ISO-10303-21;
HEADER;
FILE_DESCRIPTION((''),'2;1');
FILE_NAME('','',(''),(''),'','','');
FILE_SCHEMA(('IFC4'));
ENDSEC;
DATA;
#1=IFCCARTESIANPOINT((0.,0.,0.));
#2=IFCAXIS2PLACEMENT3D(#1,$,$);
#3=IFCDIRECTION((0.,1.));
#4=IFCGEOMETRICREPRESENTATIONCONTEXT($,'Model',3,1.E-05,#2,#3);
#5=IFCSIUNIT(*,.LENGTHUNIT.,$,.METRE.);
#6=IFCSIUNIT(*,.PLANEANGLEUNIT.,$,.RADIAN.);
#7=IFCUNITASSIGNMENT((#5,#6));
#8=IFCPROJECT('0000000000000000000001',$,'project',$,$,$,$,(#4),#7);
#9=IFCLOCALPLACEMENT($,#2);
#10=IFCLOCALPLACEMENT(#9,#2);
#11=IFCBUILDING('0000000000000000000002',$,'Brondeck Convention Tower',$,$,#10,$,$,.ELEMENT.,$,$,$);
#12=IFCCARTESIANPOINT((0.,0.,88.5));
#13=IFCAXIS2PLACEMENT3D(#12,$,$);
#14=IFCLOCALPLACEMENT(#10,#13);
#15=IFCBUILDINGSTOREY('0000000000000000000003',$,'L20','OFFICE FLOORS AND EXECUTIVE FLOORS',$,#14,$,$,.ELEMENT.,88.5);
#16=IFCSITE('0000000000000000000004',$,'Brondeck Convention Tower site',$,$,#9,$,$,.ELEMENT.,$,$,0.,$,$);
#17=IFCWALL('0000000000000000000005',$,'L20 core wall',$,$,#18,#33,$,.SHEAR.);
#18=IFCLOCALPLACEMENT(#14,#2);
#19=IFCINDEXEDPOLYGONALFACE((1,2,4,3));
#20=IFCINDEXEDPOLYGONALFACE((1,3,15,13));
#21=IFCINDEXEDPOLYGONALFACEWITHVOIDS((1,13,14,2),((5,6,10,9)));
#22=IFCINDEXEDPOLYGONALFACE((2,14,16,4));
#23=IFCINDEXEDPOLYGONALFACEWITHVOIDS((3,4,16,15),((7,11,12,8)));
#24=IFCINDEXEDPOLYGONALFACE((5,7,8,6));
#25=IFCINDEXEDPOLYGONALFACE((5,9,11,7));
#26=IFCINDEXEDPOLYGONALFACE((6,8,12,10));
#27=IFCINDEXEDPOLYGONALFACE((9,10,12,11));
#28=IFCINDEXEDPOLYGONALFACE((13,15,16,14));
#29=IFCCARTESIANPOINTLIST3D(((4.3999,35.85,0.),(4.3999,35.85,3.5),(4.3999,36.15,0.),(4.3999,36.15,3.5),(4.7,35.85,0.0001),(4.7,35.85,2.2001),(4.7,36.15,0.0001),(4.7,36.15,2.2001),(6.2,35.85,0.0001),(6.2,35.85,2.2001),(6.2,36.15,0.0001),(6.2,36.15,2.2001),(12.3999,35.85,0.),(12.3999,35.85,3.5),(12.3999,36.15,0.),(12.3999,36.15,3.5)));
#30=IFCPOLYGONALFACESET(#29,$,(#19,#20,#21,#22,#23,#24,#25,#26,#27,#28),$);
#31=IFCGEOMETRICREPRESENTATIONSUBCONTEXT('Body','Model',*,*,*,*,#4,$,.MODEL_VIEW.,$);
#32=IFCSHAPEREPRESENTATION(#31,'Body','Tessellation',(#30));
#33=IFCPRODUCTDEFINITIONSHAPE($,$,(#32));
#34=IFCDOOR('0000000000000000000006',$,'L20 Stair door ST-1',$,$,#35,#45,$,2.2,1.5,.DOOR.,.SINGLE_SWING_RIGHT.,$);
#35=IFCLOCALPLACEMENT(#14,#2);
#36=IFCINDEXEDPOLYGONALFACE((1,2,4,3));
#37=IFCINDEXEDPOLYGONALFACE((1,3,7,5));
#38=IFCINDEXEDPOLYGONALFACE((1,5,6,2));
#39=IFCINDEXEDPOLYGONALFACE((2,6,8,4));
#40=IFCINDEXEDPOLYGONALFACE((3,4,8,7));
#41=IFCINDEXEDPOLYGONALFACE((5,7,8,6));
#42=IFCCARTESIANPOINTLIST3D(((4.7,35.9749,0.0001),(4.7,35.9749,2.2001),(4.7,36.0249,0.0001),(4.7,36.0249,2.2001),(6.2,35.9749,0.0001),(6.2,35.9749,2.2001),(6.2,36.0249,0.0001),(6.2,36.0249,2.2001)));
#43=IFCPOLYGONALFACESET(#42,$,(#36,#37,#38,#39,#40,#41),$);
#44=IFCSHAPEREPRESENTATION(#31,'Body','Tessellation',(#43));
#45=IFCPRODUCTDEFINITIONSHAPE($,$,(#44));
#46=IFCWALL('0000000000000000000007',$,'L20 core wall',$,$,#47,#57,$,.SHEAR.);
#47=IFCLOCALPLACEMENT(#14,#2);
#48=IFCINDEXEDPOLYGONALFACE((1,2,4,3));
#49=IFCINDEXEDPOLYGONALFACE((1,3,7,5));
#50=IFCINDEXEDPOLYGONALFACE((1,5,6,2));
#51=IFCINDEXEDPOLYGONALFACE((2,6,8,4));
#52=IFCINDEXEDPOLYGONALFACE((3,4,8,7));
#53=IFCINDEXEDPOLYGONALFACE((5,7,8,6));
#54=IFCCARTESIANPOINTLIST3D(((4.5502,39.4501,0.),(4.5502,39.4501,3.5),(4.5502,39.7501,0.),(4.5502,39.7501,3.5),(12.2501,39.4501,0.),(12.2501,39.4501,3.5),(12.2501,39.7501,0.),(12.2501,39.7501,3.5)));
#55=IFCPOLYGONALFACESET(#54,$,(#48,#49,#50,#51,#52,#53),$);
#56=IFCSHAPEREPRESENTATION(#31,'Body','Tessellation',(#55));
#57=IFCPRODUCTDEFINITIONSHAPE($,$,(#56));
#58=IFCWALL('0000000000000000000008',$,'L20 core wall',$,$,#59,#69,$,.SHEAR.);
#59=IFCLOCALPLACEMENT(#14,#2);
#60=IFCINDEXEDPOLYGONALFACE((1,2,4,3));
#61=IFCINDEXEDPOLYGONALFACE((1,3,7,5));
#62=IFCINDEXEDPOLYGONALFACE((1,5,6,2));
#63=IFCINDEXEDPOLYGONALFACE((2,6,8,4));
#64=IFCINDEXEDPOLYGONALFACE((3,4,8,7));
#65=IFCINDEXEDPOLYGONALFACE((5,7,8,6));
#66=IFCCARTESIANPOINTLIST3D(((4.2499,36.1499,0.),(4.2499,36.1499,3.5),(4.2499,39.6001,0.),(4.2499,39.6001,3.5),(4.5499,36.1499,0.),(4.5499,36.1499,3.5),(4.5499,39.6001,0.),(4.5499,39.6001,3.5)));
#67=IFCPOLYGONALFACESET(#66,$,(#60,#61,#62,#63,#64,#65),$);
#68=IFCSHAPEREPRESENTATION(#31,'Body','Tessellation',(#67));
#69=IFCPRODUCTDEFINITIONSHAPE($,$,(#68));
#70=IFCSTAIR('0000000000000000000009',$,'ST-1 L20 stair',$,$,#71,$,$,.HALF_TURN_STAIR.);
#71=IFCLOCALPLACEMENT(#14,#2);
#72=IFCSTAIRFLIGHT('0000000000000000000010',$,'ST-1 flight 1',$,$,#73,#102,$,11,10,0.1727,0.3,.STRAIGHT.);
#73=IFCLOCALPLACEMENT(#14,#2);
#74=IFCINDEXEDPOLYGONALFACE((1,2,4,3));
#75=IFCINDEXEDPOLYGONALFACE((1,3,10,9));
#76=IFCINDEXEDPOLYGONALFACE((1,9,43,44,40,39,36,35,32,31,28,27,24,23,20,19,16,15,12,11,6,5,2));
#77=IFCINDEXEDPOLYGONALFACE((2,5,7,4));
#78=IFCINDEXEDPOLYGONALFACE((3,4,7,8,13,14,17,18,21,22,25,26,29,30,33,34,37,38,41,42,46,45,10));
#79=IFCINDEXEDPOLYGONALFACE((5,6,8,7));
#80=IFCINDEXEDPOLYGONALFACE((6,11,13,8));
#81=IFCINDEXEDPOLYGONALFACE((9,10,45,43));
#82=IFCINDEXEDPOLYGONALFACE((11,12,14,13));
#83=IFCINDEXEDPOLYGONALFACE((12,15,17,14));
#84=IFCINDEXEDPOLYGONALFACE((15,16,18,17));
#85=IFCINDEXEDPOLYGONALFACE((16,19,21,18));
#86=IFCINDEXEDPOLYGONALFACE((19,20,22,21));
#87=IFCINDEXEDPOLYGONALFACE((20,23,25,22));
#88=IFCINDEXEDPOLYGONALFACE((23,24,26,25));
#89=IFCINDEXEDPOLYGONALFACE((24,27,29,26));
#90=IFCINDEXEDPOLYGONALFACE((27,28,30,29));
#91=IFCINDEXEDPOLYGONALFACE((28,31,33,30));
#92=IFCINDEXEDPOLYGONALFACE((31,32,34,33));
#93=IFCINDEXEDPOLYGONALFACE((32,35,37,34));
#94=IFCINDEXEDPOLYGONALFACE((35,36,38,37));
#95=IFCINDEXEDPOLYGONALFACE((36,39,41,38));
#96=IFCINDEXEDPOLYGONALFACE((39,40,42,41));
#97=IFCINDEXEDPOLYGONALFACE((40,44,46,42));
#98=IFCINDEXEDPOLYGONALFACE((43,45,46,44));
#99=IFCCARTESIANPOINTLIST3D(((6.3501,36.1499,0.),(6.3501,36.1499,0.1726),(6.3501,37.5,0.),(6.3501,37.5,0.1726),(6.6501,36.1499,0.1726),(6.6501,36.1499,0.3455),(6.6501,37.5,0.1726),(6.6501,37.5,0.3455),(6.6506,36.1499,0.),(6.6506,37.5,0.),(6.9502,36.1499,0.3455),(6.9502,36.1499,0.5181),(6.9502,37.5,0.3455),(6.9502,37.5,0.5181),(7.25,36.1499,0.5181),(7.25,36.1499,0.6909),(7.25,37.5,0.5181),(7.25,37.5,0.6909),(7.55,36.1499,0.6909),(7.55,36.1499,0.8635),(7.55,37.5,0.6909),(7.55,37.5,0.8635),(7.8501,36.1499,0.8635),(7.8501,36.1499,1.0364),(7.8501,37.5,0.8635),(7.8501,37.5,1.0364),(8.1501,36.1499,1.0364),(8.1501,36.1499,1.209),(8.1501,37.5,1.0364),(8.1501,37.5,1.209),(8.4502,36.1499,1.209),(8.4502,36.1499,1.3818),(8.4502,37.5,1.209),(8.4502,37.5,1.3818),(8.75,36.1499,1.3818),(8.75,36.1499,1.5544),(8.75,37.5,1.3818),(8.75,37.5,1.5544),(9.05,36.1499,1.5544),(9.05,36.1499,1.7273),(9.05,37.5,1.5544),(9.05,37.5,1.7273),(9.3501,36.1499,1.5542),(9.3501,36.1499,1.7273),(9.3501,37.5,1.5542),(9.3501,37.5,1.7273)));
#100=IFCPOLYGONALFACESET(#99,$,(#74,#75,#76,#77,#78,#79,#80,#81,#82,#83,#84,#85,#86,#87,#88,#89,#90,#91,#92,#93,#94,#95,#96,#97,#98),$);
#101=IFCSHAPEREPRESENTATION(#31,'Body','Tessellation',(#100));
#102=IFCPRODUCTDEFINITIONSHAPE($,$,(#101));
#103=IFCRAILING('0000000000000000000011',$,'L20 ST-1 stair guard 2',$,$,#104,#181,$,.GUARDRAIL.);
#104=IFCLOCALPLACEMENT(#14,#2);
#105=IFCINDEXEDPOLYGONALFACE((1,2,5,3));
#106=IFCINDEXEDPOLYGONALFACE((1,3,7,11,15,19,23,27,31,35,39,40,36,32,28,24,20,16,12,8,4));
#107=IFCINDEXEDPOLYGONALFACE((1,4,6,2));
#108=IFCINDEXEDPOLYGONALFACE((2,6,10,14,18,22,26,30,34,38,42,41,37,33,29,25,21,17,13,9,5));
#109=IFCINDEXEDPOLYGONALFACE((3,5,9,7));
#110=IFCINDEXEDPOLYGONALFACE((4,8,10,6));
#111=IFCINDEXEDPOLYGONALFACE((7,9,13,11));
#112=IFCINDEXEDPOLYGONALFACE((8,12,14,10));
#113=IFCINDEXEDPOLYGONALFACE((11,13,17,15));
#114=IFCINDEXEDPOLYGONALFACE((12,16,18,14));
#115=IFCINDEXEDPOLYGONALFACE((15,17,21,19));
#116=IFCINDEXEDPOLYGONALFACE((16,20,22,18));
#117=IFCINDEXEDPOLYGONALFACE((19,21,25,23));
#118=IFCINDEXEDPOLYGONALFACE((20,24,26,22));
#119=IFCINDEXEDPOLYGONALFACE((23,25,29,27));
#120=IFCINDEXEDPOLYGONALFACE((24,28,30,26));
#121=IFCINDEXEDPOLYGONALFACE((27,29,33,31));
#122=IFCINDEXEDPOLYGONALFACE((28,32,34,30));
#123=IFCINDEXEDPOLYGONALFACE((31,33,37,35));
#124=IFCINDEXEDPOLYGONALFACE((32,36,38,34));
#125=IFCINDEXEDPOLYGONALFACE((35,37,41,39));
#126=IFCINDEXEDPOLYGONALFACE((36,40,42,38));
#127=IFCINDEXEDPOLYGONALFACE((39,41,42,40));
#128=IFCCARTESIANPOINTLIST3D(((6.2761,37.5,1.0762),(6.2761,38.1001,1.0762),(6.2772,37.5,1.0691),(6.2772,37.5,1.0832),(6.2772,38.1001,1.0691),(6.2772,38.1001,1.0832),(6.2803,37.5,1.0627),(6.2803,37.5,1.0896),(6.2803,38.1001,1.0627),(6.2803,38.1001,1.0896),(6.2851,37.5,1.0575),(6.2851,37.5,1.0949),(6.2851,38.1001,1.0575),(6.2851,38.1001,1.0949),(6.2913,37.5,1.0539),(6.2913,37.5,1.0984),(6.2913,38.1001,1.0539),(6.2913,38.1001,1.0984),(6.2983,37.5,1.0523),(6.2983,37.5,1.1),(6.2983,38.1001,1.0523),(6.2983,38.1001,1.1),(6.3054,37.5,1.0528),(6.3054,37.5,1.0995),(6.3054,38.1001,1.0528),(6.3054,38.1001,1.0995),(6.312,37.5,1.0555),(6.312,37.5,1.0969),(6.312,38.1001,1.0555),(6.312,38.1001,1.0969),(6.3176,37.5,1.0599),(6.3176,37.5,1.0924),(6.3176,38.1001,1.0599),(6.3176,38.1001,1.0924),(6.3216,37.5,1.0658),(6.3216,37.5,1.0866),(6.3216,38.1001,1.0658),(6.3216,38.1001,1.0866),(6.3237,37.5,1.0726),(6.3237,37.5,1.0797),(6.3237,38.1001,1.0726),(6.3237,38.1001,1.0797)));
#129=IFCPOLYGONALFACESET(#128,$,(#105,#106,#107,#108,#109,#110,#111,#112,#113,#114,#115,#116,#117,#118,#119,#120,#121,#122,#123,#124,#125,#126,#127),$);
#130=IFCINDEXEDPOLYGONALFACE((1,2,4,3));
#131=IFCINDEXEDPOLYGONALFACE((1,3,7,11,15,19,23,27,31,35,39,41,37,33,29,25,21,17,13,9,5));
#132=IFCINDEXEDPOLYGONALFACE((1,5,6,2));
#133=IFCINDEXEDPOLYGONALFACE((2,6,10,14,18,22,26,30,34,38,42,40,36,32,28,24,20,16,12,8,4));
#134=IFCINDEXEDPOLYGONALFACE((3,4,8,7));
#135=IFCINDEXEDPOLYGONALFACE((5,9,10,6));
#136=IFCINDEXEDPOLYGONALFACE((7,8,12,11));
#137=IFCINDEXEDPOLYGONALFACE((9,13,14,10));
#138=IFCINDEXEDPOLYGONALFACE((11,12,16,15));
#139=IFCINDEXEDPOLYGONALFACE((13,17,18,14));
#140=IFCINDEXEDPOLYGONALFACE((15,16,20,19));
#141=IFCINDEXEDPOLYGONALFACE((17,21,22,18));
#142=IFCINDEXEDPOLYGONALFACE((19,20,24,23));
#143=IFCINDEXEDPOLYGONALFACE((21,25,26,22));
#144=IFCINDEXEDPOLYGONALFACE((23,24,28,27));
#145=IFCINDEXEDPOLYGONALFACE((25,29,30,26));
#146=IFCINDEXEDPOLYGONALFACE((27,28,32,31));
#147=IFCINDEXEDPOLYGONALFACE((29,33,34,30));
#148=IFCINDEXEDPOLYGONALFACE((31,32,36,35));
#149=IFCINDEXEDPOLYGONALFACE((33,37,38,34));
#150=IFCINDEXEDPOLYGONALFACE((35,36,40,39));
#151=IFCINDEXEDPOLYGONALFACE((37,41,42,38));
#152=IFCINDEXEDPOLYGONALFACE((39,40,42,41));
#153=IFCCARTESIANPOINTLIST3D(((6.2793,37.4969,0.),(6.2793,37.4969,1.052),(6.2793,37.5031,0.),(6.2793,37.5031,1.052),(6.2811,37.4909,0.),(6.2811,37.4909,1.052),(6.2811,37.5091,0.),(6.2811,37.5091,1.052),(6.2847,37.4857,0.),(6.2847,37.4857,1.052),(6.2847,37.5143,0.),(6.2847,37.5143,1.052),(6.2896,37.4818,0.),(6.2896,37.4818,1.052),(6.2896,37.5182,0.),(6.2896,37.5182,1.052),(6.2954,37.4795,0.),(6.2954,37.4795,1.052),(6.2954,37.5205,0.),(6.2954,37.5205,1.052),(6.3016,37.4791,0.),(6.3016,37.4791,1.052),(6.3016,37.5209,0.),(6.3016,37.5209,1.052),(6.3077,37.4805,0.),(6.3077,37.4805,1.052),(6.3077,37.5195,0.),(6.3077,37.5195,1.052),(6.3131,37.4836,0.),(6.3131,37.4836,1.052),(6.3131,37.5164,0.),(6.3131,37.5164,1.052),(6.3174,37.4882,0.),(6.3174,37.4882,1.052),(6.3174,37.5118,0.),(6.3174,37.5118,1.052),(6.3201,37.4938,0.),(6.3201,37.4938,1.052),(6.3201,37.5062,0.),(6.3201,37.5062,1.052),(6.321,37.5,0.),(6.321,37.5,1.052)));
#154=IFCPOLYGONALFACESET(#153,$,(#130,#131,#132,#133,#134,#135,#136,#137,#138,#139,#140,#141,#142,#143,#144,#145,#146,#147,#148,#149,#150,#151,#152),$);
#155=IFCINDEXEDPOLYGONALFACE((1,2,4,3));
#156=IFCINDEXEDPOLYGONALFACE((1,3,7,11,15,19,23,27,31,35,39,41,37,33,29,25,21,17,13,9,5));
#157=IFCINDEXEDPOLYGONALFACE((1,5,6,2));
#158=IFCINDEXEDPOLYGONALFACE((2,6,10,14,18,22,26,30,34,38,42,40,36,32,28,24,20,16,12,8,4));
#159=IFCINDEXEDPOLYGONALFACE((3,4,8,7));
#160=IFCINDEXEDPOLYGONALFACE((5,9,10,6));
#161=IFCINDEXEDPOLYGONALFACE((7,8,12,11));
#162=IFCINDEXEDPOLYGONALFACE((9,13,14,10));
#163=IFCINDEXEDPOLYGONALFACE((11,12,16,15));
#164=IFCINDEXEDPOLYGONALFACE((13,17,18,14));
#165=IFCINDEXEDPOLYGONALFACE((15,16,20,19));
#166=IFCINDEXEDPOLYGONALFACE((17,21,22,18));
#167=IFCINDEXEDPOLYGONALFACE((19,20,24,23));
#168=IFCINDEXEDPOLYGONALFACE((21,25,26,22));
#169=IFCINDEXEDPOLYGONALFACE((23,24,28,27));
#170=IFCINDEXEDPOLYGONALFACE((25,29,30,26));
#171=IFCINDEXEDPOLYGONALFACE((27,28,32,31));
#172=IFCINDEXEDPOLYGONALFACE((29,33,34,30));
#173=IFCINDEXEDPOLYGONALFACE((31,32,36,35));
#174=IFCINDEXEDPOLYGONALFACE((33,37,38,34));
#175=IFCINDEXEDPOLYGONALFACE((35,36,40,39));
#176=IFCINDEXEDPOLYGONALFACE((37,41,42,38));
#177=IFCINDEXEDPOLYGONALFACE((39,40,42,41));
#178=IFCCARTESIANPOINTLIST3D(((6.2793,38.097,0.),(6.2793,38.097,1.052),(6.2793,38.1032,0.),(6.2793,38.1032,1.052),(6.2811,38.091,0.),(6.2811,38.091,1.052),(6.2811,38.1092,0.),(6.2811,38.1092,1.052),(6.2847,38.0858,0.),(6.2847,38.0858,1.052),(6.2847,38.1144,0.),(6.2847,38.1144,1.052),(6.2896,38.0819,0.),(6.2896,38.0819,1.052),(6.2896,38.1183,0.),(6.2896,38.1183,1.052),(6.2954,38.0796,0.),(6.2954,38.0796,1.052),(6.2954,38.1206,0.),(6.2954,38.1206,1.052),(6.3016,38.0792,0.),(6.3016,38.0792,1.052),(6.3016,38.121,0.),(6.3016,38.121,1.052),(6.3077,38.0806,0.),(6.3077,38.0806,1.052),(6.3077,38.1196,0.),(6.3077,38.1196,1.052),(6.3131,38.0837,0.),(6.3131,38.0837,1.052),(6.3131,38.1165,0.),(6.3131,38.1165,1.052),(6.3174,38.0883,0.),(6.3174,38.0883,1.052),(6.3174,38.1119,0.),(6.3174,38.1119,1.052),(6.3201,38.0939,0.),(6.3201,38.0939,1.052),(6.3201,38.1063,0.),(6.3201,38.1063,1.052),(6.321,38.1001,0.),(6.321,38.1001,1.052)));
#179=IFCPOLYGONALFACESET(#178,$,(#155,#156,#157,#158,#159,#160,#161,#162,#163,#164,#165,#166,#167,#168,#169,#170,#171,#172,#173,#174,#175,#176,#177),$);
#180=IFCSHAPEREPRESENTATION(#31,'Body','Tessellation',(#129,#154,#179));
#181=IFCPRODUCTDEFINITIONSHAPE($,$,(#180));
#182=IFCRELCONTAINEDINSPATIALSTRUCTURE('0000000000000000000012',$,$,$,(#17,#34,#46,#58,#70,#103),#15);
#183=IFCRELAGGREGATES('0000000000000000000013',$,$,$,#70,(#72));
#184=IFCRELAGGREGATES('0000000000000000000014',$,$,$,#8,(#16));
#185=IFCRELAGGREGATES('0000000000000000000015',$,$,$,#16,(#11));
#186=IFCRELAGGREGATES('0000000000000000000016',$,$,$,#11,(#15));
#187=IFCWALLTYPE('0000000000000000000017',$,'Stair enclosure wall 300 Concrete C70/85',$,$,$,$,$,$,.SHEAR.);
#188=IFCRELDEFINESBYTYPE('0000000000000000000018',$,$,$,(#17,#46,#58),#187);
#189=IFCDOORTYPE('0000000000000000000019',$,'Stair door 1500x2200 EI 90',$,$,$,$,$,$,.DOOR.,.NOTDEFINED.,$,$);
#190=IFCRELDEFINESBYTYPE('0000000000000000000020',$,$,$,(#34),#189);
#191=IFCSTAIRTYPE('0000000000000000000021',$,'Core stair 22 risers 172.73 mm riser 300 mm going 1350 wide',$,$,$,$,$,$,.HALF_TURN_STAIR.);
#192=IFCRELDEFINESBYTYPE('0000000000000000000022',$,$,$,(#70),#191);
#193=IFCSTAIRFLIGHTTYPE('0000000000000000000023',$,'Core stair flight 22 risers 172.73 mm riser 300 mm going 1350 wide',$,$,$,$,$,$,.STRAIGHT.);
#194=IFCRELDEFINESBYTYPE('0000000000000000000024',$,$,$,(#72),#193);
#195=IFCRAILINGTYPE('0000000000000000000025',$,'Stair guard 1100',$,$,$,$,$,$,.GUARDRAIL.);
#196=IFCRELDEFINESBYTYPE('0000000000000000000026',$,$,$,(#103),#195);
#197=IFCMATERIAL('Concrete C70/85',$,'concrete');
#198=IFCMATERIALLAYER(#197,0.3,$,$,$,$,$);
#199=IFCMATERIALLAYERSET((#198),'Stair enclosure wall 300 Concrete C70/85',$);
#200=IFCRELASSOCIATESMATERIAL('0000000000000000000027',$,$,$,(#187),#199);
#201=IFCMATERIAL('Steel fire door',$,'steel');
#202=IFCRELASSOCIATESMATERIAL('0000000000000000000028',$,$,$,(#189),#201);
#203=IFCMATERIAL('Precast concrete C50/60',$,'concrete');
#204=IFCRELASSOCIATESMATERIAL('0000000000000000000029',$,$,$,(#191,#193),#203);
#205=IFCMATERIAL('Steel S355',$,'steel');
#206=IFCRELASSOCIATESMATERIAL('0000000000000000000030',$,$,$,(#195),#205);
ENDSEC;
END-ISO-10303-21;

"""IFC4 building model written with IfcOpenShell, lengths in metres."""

from ifc_helpers import new_model, si_unit, direction, frame, frame_2d, origin, origin_2d, place, context, subcontext, project, spatial, polyline, rectangle, circle, outline, extrude, material, layer, layer_set, type_object, element, fill, aggregate, save


model = new_model("IFC4")

# Units and contexts
model_context = context("Model", 3, precision=1e-05, world=origin(), true_north=direction((0.0, 1.0)))
body_context = subcontext(model_context, "Body", "Model", "MODEL_VIEW")
ifc_project = project(units=[si_unit("LENGTHUNIT", "METRE"), si_unit("PLANEANGLEUNIT", "RADIAN")], contexts=[model_context])

# Site, building, storey
site_placement = place(None, origin())
site = spatial("IfcSite", under=ifc_project, at=site_placement, Name="Brondeck Convention Tower site", CompositionType="ELEMENT", RefElevation=0.0)
building_placement = place(site_placement, origin())
building = spatial("IfcBuilding", under=site, at=building_placement, Name="Brondeck Convention Tower", CompositionType="ELEMENT")
storey_placement = place(building_placement, frame((0.0, 0.0, 88.5)))
storey = spatial("IfcBuildingStorey", under=building, at=storey_placement, Name="L20", Description="OFFICE FLOORS AND EXECUTIVE FLOORS", CompositionType="ELEMENT", Elevation=88.5)

# Shared definitions
ifc_material_1 = material(Name="Concrete C70/85", Category="concrete")

# Shared definitions
ifc_material_2 = material(Name="Steel fire door", Category="steel")

# Shared definitions
ifc_layer_1 = layer(ifc_material_1, 0.3)
ifc_layer_set_1 = layer_set([ifc_layer_1], Name="Stair enclosure wall 300 Concrete C70/85")
wall_type_1 = type_object("IfcWallType", Name="Stair enclosure wall 300 Concrete C70/85", PredefinedType="SHEAR", material=ifc_layer_set_1)

# Wall, opening, door
wall_1_placement = place(storey_placement, frame((4.3999, 36.0, 0.0), z_axis=(0.0, 0.0, 1.0), x_axis=(1.0, 0.0, 0.0)))
wall_1 = element("IfcWall", 1, at=wall_1_placement, inside=storey, type_object=wall_type_1, Name="L20 core wall", PredefinedType="SHEAR", context=body_context, shape_type="SweptSolid", body=[
    extrude(rectangle(XDim=8.0, YDim=0.3, at=frame_2d((4.0, 0.0))), origin(), (0.0, 0.0, 1.0), 3.5),
])
opening_1_placement = place(wall_1_placement, frame((0.3, 0.0, 0.0)))
opening_1 = element("IfcOpeningElement", 2, at=opening_1_placement, cuts=wall_1, PredefinedType="OPENING", context=body_context, shape_type="SweptSolid", body=[
    extrude(rectangle(XDim=1.5, YDim=2.2, at=frame_2d((0.75, 1.1001))), frame((0.0, 0.1599, 0.0), z_axis=(0.0, -1.0, 0.0), x_axis=(1.0, 0.0, 0.0)), (0.0, 0.0, 1.0), 0.3201),
])
door_type_1 = type_object("IfcDoorType", Name="Stair door 1500x2200 EI 90", OperationType="NOTDEFINED", PredefinedType="DOOR", material=ifc_material_2)
door_1_placement = place(opening_1_placement, origin())
door_1 = element("IfcDoor", 3, at=door_1_placement, inside=storey, type_object=door_type_1, Name="L20 Stair door ST-1", OperationType="SINGLE_SWING_RIGHT", OverallHeight=2.2, OverallWidth=1.5, PredefinedType="DOOR", context=body_context, shape_type="SweptSolid", body=[
    extrude(rectangle(XDim=1.5, YDim=2.2, at=frame_2d((0.75, 1.1001))), frame((0.0, 0.0249, 0.0), z_axis=(0.0, -1.0, 0.0), x_axis=(1.0, 0.0, 0.0)), (0.0, 0.0, 1.0), 0.05),
])
fill(opening_1, door_1)

# Walls
wall_2_placement = place(storey_placement, frame((4.55, 39.6001, 0.0), z_axis=(0.0, 0.0, 1.0), x_axis=(1.0, 0.0, 0.0)))
element("IfcWall", 4, at=wall_2_placement, inside=storey, type_object=wall_type_1, Name="L20 core wall", PredefinedType="SHEAR", context=body_context, shape_type="SweptSolid", body=[
    extrude(rectangle(XDim=7.7, YDim=0.3, at=frame_2d((3.8501, 0.0))), origin(), (0.0, 0.0, 1.0), 3.5),
])
wall_3_placement = place(storey_placement, frame((4.3999, 36.1499, 0.0), z_axis=(0.0, 0.0, 1.0), x_axis=(0.0, 1.0, 0.0)))
element("IfcWall", 5, at=wall_3_placement, inside=storey, type_object=wall_type_1, Name="L20 core wall", PredefinedType="SHEAR", context=body_context, shape_type="SweptSolid", body=[
    extrude(rectangle(XDim=3.4502, YDim=0.3, at=frame_2d((1.7251, 0.0))), origin(), (0.0, 0.0, 1.0), 3.5),
])

# Stair, stair flight
ifc_material_3 = material(Name="Precast concrete C50/60", Category="concrete")
stair_type = type_object("IfcStairType", Name="Core stair 22 risers 172.73 mm riser 300 mm going 1350 wide", PredefinedType="HALF_TURN_STAIR", material=ifc_material_3)
stair_placement = place(storey_placement, origin())
stair = element("IfcStair", 6, at=stair_placement, inside=storey, type_object=stair_type, Name="ST-1 L20 stair", PredefinedType="HALF_TURN_STAIR")
stair_flight_type = type_object("IfcStairFlightType", Name="Core stair flight 22 risers 172.73 mm riser 300 mm going 1350 wide", PredefinedType="STRAIGHT", material=ifc_material_3)
stair_flight_placement = place(storey_placement, frame((6.3501, 36.825, 0.0), z_axis=(0.0, 0.0, 1.0), x_axis=(1.0, 0.0, 0.0)))
stair_flight = element("IfcStairFlight", 7, at=stair_flight_placement, type_object=stair_flight_type, Name="ST-1 flight 1", NumberOfRisers=11, NumberOfTreads=10, PredefinedType="STRAIGHT", RiserHeight=0.1727, TreadLength=0.3, context=body_context, shape_type="SweptSolid", body=[
    extrude(outline(polyline([(0.0, 0.0), (0.0, 0.1726), (0.3, 0.1726), (0.3, 0.3455), (0.6001, 0.3455), (0.6001, 0.5181), (0.8999, 0.5181), (0.8999, 0.6909), (1.2, 0.6909), (1.2, 0.8635), (1.5, 0.8635), (1.5, 1.0364), (1.8, 1.0364), (1.8, 1.209), (2.1001, 1.209), (2.1001, 1.3818), (2.3999, 1.3818), (2.3999, 1.5544), (2.7, 1.5544), (2.7, 1.7273), (3.0, 1.7273), (3.0, 1.8999), (3.0, 1.5542), (0.3005, 0.0), (0.0, 0.0)])), frame((0.0, 0.675, 0.0), z_axis=(0.0, -1.0, 0.0), x_axis=(1.0, 0.0, 0.0)), (0.0, 0.0, 1.0), 1.3501),
])
aggregate(stair, [stair_flight])

# Railing
ifc_material_4 = material(Name="Steel S355", Category="steel")
railing_type_1 = type_object("IfcRailingType", Name="Stair guard 1100", PredefinedType="GUARDRAIL", material=ifc_material_4)
railing_1_placement = place(storey_placement, frame((6.3, 37.5, 0.0)))
element("IfcRailing", 8, at=railing_1_placement, inside=storey, type_object=railing_type_1, Name="L20 ST-1 stair guard 2", PredefinedType="GUARDRAIL", context=body_context, shape_type="SweptSolid", body=[
    extrude(circle(Radius=0.0239, at=origin_2d()), frame((0.0, 0.0, 1.0762), z_axis=(0.0, 1.0, 0.0), x_axis=(-1.0, 0.0, 0.0)), (0.0, 0.0, 1.0), 0.6001),
    extrude(circle(Radius=0.021, at=origin_2d()), origin(), (0.0, 0.0, 1.0), 1.052),
    extrude(circle(Radius=0.021, at=origin_2d()), frame((0.0, 0.6001, 0.0)), (0.0, 0.0, 1.0), 1.052),
])

save(model, "model.ifc")
